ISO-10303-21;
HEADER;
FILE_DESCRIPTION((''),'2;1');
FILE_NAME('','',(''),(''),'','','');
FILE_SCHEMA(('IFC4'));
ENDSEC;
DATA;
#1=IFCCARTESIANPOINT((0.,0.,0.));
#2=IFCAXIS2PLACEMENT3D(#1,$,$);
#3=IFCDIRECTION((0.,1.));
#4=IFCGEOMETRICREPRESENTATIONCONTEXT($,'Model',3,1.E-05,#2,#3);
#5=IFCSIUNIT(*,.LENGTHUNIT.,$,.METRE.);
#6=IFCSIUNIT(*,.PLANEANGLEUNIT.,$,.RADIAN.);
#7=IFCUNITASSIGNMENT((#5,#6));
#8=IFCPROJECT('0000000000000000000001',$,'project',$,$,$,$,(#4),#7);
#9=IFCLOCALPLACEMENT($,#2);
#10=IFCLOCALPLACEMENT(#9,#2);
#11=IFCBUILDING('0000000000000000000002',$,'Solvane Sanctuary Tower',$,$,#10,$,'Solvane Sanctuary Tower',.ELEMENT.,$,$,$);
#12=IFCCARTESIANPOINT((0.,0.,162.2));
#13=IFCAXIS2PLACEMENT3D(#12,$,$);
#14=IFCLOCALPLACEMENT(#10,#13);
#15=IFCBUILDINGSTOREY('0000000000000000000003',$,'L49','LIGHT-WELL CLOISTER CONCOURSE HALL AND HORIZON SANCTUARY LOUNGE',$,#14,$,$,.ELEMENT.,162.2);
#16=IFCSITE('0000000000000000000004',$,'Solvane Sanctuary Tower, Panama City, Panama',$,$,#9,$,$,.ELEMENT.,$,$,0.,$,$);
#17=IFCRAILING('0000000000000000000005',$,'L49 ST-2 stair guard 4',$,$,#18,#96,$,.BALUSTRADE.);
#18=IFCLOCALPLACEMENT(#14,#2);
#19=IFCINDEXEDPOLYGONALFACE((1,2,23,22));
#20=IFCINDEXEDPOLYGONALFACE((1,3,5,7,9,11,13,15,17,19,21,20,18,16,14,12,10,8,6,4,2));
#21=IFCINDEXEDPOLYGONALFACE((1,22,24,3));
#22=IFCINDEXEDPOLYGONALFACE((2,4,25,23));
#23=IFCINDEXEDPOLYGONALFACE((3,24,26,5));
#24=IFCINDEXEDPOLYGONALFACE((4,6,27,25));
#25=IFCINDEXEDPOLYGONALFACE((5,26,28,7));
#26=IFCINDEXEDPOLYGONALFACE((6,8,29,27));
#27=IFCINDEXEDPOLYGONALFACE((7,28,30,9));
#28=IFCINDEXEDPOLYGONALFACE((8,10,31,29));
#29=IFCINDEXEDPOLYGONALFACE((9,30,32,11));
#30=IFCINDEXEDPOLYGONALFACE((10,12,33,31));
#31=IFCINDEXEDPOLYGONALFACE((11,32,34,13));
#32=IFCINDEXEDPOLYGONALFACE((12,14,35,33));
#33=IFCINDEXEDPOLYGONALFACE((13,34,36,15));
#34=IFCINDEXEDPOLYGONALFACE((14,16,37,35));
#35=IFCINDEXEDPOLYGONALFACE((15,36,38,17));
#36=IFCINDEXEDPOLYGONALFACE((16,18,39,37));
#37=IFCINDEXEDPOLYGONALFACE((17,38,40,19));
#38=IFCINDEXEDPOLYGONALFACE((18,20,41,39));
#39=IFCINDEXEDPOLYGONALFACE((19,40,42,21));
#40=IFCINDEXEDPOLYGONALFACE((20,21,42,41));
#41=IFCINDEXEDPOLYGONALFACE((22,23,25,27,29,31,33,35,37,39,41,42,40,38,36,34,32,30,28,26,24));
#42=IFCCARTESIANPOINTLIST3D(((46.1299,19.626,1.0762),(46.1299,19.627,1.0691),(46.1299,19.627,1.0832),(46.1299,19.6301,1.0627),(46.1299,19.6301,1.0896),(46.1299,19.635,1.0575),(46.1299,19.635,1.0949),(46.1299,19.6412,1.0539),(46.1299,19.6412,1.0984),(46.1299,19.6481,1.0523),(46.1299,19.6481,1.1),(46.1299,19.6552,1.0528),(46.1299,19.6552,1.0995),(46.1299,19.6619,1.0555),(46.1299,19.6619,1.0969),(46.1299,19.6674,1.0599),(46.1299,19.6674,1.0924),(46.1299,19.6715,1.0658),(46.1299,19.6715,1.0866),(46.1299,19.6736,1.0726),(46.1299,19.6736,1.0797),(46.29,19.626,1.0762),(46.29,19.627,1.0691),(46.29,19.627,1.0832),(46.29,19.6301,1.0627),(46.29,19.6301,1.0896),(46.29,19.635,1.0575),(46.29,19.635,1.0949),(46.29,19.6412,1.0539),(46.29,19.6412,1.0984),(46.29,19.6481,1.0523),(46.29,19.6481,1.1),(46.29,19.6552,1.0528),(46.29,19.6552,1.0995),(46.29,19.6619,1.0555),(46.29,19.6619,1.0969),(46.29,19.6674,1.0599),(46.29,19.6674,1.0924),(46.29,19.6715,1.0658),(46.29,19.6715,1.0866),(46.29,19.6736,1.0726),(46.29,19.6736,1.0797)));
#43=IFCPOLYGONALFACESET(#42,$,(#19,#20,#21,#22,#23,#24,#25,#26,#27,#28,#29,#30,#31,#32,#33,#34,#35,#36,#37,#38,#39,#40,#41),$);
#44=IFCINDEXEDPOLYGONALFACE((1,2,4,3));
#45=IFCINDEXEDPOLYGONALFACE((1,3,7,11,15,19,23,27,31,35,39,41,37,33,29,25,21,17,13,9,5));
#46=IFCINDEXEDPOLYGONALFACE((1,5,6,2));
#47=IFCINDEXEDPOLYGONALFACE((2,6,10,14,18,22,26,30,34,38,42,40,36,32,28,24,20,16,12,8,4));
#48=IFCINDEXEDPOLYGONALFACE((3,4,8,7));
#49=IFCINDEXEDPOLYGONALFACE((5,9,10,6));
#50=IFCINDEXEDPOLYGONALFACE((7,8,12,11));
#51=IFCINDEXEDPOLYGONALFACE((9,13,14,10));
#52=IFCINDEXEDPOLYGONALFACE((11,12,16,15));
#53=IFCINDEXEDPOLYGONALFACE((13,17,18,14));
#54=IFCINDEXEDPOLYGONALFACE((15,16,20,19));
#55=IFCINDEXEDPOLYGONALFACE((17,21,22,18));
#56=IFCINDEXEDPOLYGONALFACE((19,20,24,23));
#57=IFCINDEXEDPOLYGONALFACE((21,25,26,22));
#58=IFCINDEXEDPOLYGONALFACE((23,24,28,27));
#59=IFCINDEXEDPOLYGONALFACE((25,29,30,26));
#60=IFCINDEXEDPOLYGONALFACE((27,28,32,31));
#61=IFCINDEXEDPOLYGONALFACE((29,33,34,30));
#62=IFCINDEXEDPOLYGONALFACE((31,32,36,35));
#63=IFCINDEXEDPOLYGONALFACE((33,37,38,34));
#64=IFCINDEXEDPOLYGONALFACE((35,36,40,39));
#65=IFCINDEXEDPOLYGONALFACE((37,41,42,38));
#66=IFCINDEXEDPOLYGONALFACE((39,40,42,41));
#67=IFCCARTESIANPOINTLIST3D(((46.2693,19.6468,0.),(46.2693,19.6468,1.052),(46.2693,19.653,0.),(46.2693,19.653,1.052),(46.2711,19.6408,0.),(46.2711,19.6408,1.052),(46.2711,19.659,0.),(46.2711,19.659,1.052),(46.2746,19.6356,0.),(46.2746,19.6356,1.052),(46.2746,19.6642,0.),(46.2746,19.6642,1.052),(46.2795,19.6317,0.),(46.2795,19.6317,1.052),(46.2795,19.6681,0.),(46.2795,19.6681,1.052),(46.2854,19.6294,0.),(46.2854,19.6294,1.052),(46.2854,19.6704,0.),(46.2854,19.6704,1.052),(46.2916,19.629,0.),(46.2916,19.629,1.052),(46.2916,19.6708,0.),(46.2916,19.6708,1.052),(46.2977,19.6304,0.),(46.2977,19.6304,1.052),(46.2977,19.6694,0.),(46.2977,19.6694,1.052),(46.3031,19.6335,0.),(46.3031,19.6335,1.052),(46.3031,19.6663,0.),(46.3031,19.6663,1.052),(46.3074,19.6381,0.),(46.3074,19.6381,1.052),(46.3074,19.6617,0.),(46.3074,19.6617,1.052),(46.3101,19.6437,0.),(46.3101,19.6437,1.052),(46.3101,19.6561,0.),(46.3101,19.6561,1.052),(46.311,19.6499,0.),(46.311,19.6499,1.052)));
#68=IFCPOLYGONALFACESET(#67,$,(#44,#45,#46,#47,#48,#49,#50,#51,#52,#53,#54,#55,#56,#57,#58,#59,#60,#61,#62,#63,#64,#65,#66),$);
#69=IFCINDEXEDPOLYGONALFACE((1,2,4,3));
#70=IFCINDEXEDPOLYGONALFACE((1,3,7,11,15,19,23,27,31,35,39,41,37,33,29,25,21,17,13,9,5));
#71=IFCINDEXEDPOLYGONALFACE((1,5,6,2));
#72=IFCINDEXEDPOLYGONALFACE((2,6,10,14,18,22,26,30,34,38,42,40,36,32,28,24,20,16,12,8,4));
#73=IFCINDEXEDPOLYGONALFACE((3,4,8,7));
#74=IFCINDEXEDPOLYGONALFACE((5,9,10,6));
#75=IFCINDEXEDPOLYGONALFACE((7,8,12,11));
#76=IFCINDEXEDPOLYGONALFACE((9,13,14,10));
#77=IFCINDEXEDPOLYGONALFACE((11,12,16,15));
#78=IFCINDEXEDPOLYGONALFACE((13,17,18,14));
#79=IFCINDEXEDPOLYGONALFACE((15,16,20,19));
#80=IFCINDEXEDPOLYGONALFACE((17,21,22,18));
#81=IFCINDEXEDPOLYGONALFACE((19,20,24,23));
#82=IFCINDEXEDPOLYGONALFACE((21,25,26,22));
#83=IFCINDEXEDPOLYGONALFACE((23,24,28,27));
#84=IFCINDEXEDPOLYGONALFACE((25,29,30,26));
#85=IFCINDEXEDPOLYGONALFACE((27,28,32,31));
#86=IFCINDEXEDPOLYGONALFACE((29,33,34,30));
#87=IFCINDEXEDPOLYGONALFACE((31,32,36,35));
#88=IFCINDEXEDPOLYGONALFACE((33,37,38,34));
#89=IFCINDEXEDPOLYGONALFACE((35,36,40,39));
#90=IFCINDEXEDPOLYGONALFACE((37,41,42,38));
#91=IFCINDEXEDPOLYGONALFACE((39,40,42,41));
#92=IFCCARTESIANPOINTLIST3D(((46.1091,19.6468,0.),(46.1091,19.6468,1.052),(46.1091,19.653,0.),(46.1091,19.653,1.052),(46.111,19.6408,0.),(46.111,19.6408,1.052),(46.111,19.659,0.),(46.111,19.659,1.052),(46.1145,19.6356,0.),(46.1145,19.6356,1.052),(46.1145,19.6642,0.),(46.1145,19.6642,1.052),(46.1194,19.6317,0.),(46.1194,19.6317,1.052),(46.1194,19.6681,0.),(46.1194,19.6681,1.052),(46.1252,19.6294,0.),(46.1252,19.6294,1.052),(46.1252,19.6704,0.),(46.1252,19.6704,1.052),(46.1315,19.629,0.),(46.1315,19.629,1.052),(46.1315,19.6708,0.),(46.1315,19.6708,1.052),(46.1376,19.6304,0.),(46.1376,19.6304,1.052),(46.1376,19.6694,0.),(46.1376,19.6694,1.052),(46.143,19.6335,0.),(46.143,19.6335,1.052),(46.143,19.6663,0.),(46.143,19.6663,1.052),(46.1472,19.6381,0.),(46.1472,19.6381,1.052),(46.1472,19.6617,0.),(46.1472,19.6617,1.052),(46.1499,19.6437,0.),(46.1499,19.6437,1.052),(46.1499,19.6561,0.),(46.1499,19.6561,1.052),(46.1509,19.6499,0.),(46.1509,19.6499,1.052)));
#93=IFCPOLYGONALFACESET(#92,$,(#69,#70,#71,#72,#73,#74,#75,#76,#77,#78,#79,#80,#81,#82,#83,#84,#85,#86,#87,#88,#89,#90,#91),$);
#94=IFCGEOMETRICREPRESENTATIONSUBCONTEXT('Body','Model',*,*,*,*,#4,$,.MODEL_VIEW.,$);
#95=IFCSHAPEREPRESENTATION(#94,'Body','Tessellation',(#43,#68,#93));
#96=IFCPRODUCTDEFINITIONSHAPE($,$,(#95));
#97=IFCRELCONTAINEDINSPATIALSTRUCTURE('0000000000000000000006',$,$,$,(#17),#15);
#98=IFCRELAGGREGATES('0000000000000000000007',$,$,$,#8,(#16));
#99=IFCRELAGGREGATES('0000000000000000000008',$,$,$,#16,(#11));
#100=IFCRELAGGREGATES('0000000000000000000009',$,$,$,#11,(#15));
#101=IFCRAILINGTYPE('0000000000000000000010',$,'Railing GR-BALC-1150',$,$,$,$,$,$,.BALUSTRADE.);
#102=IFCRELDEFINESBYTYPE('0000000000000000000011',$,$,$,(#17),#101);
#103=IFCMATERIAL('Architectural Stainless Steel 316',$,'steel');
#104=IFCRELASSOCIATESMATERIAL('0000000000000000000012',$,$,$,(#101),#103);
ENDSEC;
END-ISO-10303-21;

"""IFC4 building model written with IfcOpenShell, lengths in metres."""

from ifc_helpers import new_model, si_unit, direction, frame, origin, origin_2d, place, context, subcontext, project, spatial, circle, extrude, material, type_object, element, save


model = new_model("IFC4")

# Units and contexts
model_context = context("Model", 3, precision=1e-05, world=origin(), true_north=direction((0.0, 1.0)))
body_context = subcontext(model_context, "Body", "Model", "MODEL_VIEW")
ifc_project = project(units=[si_unit("LENGTHUNIT", "METRE"), si_unit("PLANEANGLEUNIT", "RADIAN")], contexts=[model_context])

# Site, building, storey
site_placement = place(None, origin())
site = spatial("IfcSite", under=ifc_project, at=site_placement, Name="Solvane Sanctuary Tower, Panama City, Panama", CompositionType="ELEMENT", RefElevation=0.0)
building_placement = place(site_placement, origin())
building = spatial("IfcBuilding", under=site, at=building_placement, Name="Solvane Sanctuary Tower", LongName="Solvane Sanctuary Tower", CompositionType="ELEMENT")
storey_placement = place(building_placement, frame((0.0, 0.0, 162.2)))
storey = spatial("IfcBuildingStorey", under=building, at=storey_placement, Name="L49", Description="LIGHT-WELL CLOISTER CONCOURSE HALL AND HORIZON SANCTUARY LOUNGE", CompositionType="ELEMENT", Elevation=162.2)

# Shared definitions
ifc_material_1 = material(Name="Architectural Stainless Steel 316", Category="steel")

# Railing
railing_type_1 = type_object("IfcRailingType", Name="Railing GR-BALC-1150", PredefinedType="BALUSTRADE", material=ifc_material_1)
railing_1_placement = place(storey_placement, frame((46.29, 19.6499, 0.0)))
element("IfcRailing", 1, at=railing_1_placement, inside=storey, type_object=railing_type_1, Name="L49 ST-2 stair guard 4", PredefinedType="BALUSTRADE", context=body_context, shape_type="SweptSolid", body=[
    extrude(circle(Radius=0.0239, at=origin_2d()), frame((0.0, 0.0, 1.0762), z_axis=(-1.0, 0.0, 0.0), x_axis=(0.0, -1.0, 0.0)), (0.0, 0.0, 1.0), 0.1602),
    extrude(circle(Radius=0.021, at=origin_2d()), origin(), (0.0, 0.0, 1.0), 1.052),
    extrude(circle(Radius=0.021, at=origin_2d()), frame((-0.1602, 0.0, 0.0)), (0.0, 0.0, 1.0), 1.052),
])

save(model, "model.ifc")
